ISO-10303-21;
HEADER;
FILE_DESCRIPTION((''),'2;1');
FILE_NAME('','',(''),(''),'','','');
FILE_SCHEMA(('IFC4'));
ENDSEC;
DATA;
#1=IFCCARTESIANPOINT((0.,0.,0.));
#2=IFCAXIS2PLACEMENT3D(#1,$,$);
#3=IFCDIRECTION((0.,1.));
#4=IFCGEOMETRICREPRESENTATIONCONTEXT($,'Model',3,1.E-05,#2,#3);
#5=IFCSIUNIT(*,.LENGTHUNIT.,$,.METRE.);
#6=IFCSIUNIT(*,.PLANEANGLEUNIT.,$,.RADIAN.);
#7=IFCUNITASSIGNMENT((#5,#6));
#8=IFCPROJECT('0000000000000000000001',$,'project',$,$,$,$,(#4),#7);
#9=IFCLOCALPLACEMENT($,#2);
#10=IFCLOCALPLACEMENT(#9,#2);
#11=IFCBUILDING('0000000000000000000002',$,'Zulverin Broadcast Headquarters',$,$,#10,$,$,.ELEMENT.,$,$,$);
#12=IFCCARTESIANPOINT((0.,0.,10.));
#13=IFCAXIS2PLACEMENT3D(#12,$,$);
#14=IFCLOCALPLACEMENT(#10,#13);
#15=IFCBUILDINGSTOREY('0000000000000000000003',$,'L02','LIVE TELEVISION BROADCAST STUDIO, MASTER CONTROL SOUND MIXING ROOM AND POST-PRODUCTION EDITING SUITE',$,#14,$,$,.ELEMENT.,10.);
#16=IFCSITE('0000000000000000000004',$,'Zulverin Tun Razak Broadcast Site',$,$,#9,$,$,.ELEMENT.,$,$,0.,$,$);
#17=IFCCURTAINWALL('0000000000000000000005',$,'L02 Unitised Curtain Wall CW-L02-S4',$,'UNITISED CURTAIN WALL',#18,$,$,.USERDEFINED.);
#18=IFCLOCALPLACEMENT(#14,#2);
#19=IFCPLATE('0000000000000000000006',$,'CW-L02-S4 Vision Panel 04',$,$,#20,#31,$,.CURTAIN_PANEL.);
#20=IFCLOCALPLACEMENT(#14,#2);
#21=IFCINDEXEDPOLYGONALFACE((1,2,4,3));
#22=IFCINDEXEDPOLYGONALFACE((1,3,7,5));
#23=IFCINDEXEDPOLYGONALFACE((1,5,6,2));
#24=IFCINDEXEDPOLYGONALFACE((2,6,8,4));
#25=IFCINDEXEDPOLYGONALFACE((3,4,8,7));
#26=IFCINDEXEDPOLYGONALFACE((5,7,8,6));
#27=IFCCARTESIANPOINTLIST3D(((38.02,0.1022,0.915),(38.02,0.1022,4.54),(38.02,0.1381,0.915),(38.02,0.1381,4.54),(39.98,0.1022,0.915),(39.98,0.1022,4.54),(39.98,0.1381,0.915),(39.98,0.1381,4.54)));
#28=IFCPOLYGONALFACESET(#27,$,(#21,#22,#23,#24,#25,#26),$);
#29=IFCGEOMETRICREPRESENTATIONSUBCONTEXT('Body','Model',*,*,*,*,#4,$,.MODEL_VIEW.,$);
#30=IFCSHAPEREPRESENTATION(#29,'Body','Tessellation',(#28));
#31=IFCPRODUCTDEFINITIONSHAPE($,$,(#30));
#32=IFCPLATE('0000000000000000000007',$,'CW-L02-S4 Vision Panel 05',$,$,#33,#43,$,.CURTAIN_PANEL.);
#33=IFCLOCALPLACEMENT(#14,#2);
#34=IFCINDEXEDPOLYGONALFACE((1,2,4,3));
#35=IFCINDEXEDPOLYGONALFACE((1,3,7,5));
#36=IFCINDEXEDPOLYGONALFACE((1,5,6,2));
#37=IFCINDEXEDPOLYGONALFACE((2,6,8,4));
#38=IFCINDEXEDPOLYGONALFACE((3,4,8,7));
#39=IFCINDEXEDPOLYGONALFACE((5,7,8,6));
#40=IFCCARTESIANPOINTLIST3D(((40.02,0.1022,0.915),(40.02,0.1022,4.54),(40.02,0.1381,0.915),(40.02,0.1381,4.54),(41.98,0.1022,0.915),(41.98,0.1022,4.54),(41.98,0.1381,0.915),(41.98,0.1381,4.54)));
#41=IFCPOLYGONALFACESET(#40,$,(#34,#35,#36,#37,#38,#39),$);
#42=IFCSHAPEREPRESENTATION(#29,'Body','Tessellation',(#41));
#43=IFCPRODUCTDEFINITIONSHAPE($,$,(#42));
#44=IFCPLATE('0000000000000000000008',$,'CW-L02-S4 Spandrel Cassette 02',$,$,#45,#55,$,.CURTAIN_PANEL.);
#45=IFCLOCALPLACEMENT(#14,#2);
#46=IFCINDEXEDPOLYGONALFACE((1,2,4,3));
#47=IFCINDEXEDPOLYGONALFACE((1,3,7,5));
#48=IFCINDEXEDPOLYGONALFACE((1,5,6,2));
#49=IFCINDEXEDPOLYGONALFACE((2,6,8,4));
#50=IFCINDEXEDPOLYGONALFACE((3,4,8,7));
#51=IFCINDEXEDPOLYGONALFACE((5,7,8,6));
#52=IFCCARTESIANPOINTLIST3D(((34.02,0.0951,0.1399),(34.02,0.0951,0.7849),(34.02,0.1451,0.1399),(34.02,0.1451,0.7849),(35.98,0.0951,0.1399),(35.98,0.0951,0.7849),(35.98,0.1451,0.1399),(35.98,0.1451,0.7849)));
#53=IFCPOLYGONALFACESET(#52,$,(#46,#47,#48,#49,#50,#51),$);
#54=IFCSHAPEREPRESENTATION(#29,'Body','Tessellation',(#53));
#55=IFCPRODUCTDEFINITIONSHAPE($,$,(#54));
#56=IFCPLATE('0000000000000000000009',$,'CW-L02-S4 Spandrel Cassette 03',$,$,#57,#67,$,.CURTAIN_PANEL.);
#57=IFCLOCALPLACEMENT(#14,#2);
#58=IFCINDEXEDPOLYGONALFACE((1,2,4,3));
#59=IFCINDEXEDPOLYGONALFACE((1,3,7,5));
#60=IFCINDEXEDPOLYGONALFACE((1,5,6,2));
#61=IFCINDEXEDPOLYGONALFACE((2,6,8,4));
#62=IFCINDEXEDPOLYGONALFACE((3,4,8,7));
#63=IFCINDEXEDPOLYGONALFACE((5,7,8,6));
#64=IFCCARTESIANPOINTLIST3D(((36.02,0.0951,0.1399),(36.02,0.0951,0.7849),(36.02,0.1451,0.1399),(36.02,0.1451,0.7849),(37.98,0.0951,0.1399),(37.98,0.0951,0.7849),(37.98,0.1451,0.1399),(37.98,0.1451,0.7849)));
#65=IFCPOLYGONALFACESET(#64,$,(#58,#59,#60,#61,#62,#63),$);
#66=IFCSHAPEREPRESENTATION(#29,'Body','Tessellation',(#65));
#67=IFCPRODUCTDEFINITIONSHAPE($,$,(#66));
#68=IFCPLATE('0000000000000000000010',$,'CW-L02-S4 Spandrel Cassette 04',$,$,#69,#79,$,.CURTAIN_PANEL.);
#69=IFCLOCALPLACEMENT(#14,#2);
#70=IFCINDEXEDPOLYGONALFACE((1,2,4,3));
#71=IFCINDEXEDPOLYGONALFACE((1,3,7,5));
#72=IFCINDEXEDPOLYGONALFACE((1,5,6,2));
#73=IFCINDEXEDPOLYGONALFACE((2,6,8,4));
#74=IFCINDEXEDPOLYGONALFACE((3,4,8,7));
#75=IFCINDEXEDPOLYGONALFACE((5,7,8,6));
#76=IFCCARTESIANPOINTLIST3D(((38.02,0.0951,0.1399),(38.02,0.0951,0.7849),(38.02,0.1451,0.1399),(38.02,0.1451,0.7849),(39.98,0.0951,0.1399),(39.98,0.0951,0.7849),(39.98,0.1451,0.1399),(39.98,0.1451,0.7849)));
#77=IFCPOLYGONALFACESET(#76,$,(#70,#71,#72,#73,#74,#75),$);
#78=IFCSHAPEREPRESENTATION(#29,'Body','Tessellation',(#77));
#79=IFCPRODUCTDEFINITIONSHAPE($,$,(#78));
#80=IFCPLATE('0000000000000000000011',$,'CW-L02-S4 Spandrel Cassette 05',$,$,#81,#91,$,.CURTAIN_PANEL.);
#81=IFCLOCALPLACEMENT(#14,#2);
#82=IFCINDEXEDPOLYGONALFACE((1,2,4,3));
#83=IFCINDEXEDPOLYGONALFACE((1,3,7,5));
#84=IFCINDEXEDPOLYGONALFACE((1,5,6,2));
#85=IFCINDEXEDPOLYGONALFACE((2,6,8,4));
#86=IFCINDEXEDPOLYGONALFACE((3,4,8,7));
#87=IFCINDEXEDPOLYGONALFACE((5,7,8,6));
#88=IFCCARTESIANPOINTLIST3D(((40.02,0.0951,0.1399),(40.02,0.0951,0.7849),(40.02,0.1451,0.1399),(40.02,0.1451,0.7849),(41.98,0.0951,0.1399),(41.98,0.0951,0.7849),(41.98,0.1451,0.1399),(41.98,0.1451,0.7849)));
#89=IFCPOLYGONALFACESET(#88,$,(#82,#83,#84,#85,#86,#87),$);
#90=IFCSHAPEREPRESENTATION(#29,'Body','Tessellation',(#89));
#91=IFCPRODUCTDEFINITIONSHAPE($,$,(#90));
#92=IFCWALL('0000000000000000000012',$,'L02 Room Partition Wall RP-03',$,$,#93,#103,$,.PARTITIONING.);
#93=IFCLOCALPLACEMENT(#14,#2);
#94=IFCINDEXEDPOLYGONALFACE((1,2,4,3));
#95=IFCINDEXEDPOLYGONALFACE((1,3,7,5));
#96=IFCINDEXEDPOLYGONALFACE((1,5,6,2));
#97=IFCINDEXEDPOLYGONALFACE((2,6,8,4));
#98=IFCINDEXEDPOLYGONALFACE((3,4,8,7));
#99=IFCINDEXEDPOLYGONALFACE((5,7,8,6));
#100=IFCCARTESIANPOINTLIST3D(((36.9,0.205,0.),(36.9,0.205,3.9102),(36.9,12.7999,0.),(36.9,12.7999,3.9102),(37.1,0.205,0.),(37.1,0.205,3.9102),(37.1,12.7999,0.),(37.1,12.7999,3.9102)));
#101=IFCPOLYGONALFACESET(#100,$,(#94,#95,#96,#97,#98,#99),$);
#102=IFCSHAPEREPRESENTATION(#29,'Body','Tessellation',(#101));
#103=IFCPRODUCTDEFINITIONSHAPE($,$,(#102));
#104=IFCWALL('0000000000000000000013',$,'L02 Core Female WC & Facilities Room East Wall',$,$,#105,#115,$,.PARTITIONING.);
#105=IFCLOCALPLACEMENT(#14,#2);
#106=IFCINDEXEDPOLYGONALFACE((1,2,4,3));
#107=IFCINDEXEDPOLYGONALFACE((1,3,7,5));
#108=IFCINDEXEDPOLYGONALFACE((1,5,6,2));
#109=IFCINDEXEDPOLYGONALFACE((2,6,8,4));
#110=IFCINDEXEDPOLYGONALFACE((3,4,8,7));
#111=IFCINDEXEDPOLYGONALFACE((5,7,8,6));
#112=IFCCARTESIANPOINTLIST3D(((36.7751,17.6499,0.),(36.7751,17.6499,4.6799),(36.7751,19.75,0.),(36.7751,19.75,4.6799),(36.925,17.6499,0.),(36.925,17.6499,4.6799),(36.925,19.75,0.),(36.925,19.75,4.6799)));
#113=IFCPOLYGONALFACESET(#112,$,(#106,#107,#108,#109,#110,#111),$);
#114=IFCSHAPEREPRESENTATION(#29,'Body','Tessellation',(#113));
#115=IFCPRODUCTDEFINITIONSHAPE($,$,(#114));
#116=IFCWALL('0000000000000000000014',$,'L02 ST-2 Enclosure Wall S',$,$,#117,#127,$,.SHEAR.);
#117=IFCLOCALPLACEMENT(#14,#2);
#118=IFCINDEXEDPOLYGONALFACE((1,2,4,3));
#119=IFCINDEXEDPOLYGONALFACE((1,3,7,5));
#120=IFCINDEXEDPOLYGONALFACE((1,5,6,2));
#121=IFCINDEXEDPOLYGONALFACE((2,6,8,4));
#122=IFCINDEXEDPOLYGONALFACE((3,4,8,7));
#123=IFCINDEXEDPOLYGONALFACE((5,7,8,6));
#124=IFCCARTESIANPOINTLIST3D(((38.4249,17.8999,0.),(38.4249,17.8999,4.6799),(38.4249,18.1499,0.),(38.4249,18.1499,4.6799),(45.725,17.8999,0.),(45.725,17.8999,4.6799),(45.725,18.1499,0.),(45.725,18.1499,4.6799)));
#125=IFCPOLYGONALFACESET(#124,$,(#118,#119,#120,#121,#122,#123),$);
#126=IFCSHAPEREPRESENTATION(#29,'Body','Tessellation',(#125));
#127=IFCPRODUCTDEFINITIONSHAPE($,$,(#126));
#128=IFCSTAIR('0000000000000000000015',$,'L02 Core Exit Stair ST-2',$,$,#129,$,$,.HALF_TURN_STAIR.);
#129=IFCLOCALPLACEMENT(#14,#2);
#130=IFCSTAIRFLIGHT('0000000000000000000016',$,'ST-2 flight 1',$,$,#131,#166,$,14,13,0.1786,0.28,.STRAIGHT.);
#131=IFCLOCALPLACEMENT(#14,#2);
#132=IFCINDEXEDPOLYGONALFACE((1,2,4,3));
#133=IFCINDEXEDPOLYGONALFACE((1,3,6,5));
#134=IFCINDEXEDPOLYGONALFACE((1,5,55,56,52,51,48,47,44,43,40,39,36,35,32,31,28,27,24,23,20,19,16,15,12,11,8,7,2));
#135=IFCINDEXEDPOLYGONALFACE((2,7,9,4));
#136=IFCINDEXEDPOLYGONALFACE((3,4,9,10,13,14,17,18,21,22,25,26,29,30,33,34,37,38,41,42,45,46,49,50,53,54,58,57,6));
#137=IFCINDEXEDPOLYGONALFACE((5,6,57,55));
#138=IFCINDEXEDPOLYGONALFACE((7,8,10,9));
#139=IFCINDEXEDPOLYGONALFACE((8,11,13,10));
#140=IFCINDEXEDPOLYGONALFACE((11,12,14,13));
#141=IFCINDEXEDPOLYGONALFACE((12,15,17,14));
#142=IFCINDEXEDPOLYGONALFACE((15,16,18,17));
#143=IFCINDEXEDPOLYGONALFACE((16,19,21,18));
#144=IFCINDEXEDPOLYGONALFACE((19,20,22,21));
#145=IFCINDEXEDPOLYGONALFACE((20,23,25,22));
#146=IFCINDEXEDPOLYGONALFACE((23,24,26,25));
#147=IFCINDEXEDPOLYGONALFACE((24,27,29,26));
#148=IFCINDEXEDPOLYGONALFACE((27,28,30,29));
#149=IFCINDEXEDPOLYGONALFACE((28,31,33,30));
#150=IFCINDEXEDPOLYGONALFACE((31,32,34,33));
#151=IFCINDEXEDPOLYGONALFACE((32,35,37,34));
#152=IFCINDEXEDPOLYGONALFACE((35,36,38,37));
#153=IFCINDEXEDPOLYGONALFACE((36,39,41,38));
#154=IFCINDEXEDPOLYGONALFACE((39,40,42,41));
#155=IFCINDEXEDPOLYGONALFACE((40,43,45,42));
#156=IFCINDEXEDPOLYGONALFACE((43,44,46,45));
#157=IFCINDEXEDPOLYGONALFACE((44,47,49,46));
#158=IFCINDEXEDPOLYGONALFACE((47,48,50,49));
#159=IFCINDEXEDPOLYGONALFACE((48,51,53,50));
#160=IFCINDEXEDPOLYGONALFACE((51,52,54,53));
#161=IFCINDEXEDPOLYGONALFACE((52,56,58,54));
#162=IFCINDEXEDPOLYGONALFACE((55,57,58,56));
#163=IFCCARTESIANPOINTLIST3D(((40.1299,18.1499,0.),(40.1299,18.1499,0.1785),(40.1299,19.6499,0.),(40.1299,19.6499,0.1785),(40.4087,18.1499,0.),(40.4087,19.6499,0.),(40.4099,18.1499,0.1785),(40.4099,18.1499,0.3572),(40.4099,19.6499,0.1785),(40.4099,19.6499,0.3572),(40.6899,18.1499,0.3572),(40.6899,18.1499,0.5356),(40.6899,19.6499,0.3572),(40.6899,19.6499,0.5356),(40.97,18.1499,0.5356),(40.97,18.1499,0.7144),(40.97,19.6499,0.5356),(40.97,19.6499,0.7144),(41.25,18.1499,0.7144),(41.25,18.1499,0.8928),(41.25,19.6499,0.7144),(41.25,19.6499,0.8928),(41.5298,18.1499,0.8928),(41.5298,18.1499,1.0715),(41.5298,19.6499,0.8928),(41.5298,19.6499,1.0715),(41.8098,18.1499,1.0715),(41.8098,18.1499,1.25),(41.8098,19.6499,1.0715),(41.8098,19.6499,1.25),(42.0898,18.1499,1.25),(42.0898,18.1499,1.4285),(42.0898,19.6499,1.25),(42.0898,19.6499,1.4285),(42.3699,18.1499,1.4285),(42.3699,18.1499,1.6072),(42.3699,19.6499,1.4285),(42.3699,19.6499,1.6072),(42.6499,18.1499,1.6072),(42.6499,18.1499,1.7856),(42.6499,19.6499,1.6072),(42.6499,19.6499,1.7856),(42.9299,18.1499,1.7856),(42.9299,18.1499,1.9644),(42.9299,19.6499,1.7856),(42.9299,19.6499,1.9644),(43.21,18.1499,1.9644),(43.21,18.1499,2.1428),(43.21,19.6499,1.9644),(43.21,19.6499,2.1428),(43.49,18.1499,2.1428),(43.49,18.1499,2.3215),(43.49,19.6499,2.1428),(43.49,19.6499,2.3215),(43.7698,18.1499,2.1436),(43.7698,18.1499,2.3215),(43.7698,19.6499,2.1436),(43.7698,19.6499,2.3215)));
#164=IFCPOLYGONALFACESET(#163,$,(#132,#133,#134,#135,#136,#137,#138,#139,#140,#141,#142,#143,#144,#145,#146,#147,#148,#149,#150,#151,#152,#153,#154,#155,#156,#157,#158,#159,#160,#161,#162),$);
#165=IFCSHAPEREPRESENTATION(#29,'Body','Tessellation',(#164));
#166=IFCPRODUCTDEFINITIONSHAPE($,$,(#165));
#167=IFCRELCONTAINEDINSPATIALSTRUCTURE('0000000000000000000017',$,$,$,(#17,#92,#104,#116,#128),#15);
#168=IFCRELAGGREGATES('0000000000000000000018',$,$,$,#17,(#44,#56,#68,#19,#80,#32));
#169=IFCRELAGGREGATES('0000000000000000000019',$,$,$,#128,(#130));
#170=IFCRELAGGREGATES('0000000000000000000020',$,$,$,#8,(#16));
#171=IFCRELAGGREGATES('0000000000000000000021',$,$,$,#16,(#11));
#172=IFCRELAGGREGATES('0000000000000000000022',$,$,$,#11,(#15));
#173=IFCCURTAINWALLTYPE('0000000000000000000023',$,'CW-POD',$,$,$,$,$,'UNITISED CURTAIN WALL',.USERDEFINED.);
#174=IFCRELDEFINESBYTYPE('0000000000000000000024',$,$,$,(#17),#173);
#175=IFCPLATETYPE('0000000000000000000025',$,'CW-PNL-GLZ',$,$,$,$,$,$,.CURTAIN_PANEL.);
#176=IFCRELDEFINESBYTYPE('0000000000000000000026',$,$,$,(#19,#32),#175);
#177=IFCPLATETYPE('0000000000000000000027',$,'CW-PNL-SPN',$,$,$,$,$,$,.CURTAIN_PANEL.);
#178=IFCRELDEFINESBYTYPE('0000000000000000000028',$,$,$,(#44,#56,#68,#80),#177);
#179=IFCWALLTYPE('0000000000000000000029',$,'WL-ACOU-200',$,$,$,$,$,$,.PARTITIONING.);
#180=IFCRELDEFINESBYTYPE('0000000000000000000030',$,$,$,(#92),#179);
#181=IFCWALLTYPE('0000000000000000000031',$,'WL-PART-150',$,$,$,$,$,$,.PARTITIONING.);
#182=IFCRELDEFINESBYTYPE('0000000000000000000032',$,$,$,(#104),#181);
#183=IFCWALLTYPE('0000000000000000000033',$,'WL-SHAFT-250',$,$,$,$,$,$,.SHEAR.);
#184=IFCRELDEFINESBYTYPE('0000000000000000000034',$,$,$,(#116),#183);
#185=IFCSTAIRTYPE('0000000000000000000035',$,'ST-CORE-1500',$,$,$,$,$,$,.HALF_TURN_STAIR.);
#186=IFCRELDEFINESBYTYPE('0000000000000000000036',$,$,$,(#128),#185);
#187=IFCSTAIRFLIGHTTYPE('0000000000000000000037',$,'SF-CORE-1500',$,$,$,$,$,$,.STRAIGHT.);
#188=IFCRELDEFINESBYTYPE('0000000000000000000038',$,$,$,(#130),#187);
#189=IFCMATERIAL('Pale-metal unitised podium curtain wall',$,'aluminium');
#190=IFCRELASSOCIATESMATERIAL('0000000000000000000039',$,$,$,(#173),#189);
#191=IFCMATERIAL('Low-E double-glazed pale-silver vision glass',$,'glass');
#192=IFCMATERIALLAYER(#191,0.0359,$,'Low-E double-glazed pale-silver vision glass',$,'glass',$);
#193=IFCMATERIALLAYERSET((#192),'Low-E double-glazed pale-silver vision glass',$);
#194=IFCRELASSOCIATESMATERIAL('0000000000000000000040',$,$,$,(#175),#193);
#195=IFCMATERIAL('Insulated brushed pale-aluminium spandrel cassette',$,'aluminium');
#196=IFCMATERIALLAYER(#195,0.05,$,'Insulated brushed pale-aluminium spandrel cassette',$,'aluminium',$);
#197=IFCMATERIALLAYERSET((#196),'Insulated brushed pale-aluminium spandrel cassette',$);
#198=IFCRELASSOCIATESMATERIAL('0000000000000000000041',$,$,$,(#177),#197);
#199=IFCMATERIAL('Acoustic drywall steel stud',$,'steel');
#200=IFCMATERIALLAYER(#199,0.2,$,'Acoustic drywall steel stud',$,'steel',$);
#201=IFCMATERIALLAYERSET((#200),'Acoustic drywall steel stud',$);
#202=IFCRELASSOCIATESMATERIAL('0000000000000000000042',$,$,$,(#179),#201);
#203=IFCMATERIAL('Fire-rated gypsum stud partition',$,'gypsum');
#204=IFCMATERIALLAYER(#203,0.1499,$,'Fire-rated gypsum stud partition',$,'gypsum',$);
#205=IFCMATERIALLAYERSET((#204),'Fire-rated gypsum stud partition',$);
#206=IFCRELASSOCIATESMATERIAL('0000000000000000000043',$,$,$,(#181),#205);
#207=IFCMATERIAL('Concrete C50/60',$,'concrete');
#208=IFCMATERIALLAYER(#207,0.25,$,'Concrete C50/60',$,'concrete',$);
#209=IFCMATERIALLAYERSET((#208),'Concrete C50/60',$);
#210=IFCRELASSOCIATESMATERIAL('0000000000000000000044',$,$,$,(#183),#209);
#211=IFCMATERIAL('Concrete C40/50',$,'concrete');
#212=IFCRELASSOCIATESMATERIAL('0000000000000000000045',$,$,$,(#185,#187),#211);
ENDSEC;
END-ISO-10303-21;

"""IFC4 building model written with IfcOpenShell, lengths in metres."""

from ifc_helpers import new_model, si_unit, direction, frame, frame_2d, origin, origin_2d, place, context, subcontext, project, spatial, polyline, rectangle, outline, extrude, material, layer, layer_set, type_object, element, aggregate, save


model = new_model("IFC4")

# Units and contexts
model_context = context("Model", 3, precision=1e-05, world=origin(), true_north=direction((0.0, 1.0)))
body_context = subcontext(model_context, "Body", "Model", "MODEL_VIEW")
ifc_project = project(units=[si_unit("LENGTHUNIT", "METRE"), si_unit("PLANEANGLEUNIT", "RADIAN")], contexts=[model_context])

# Site, building, storey
site_placement = place(None, origin())
site = spatial("IfcSite", under=ifc_project, at=site_placement, Name="Zulverin Tun Razak Broadcast Site", CompositionType="ELEMENT", RefElevation=0.0)
building_placement = place(site_placement, origin())
building = spatial("IfcBuilding", under=site, at=building_placement, Name="Zulverin Broadcast Headquarters", CompositionType="ELEMENT")
storey_placement = place(building_placement, frame((0.0, 0.0, 10.0)))
storey = spatial("IfcBuildingStorey", under=building, at=storey_placement, Name="L02", Description="LIVE TELEVISION BROADCAST STUDIO, MASTER CONTROL SOUND MIXING ROOM AND POST-PRODUCTION EDITING SUITE", CompositionType="ELEMENT", Elevation=10.0)

# Curtain wall, plates
ifc_material_1 = material(Name="Pale-metal unitised podium curtain wall", Category="aluminium")
curtain_wall_type = type_object("IfcCurtainWallType", Name="CW-POD", ElementType="UNITISED CURTAIN WALL", PredefinedType="USERDEFINED", material=ifc_material_1)
curtain_wall_placement = place(storey_placement, origin())
curtain_wall = element("IfcCurtainWall", 1, at=curtain_wall_placement, inside=storey, type_object=curtain_wall_type, Name="L02 Unitised Curtain Wall CW-L02-S4", ObjectType="UNITISED CURTAIN WALL", PredefinedType="USERDEFINED")
ifc_material_2 = material(Name="Low-E double-glazed pale-silver vision glass", Category="glass")
ifc_layer_1 = layer(ifc_material_2, 0.0359, Name="Low-E double-glazed pale-silver vision glass", Category="glass")
ifc_layer_set_1 = layer_set([ifc_layer_1], Name="Low-E double-glazed pale-silver vision glass")
plate_type_1 = type_object("IfcPlateType", Name="CW-PNL-GLZ", PredefinedType="CURTAIN_PANEL", material=ifc_layer_set_1)
plate_1_placement = place(storey_placement, frame((39.0, 0.1201, 0.915), z_axis=(0.0, 0.0, 1.0), x_axis=(1.0, 0.0, 0.0)))
plate_1 = element("IfcPlate", 2, at=plate_1_placement, type_object=plate_type_1, Name="CW-L02-S4 Vision Panel 04", PredefinedType="CURTAIN_PANEL", context=body_context, shape_type="SweptSolid", body=[
    extrude(rectangle(XDim=1.96, YDim=0.0359, at=origin_2d()), origin(), (0.0, 0.0, 1.0), 3.625),
])
plate_2_placement = place(storey_placement, frame((41.0, 0.1201, 0.915), z_axis=(0.0, 0.0, 1.0), x_axis=(1.0, 0.0, 0.0)))
plate_2 = element("IfcPlate", 3, at=plate_2_placement, type_object=plate_type_1, Name="CW-L02-S4 Vision Panel 05", PredefinedType="CURTAIN_PANEL", context=body_context, shape_type="SweptSolid", body=[
    extrude(rectangle(XDim=1.96, YDim=0.0359, at=origin_2d()), origin(), (0.0, 0.0, 1.0), 3.625),
])
ifc_material_3 = material(Name="Insulated brushed pale-aluminium spandrel cassette", Category="aluminium")
ifc_layer_2 = layer(ifc_material_3, 0.05, Name="Insulated brushed pale-aluminium spandrel cassette", Category="aluminium")
ifc_layer_set_2 = layer_set([ifc_layer_2], Name="Insulated brushed pale-aluminium spandrel cassette")
plate_type_2 = type_object("IfcPlateType", Name="CW-PNL-SPN", PredefinedType="CURTAIN_PANEL", material=ifc_layer_set_2)
plate_3_placement = place(storey_placement, frame((35.0, 0.1201, 0.1399), z_axis=(0.0, 0.0, 1.0), x_axis=(1.0, 0.0, 0.0)))
plate_3 = element("IfcPlate", 4, at=plate_3_placement, type_object=plate_type_2, Name="CW-L02-S4 Spandrel Cassette 02", PredefinedType="CURTAIN_PANEL", context=body_context, shape_type="SweptSolid", body=[
    extrude(rectangle(XDim=1.96, YDim=0.05, at=origin_2d()), origin(), (0.0, 0.0, 1.0), 0.645),
])
plate_4_placement = place(storey_placement, frame((37.0, 0.1201, 0.1399), z_axis=(0.0, 0.0, 1.0), x_axis=(1.0, 0.0, 0.0)))
plate_4 = element("IfcPlate", 5, at=plate_4_placement, type_object=plate_type_2, Name="CW-L02-S4 Spandrel Cassette 03", PredefinedType="CURTAIN_PANEL", context=body_context, shape_type="SweptSolid", body=[
    extrude(rectangle(XDim=1.96, YDim=0.05, at=origin_2d()), origin(), (0.0, 0.0, 1.0), 0.645),
])
plate_5_placement = place(storey_placement, frame((39.0, 0.1201, 0.1399), z_axis=(0.0, 0.0, 1.0), x_axis=(1.0, 0.0, 0.0)))
plate_5 = element("IfcPlate", 6, at=plate_5_placement, type_object=plate_type_2, Name="CW-L02-S4 Spandrel Cassette 04", PredefinedType="CURTAIN_PANEL", context=body_context, shape_type="SweptSolid", body=[
    extrude(rectangle(XDim=1.96, YDim=0.05, at=origin_2d()), origin(), (0.0, 0.0, 1.0), 0.645),
])
plate_6_placement = place(storey_placement, frame((41.0, 0.1201, 0.1399), z_axis=(0.0, 0.0, 1.0), x_axis=(1.0, 0.0, 0.0)))
plate_6 = element("IfcPlate", 7, at=plate_6_placement, type_object=plate_type_2, Name="CW-L02-S4 Spandrel Cassette 05", PredefinedType="CURTAIN_PANEL", context=body_context, shape_type="SweptSolid", body=[
    extrude(rectangle(XDim=1.96, YDim=0.05, at=origin_2d()), origin(), (0.0, 0.0, 1.0), 0.645),
])
aggregate(curtain_wall, [plate_3, plate_4, plate_5, plate_1, plate_6, plate_2])

# Walls
ifc_material_4 = material(Name="Acoustic drywall steel stud", Category="steel")
ifc_layer_3 = layer(ifc_material_4, 0.2, Name="Acoustic drywall steel stud", Category="steel")
ifc_layer_set_3 = layer_set([ifc_layer_3], Name="Acoustic drywall steel stud")
wall_type_1 = type_object("IfcWallType", Name="WL-ACOU-200", PredefinedType="PARTITIONING", material=ifc_layer_set_3)
wall_1_placement = place(storey_placement, frame((37.0, 0.2051, 0.0), z_axis=(0.0, 0.0, 1.0), x_axis=(0.0, 1.0, 0.0)))
element("IfcWall", 8, at=wall_1_placement, inside=storey, type_object=wall_type_1, Name="L02 Room Partition Wall RP-03", PredefinedType="PARTITIONING", context=body_context, shape_type="SweptSolid", body=[
    extrude(rectangle(XDim=12.595, YDim=0.2, at=frame_2d((6.2974, 0.0))), origin(), (0.0, 0.0, 1.0), 3.9102),
])
ifc_material_5 = material(Name="Fire-rated gypsum stud partition", Category="gypsum")
ifc_layer_4 = layer(ifc_material_5, 0.1499, Name="Fire-rated gypsum stud partition", Category="gypsum")
ifc_layer_set_4 = layer_set([ifc_layer_4], Name="Fire-rated gypsum stud partition")
wall_type_2 = type_object("IfcWallType", Name="WL-PART-150", PredefinedType="PARTITIONING", material=ifc_layer_set_4)
wall_2_placement = place(storey_placement, frame((36.8501, 17.6499, 0.0), z_axis=(0.0, 0.0, 1.0), x_axis=(0.0, 1.0, 0.0)))
element("IfcWall", 9, at=wall_2_placement, inside=storey, type_object=wall_type_2, Name="L02 Core Female WC & Facilities Room East Wall", PredefinedType="PARTITIONING", context=body_context, shape_type="SweptSolid", body=[
    extrude(rectangle(XDim=2.1001, YDim=0.1499, at=frame_2d((1.05, 0.0))), origin(), (0.0, 0.0, 1.0), 4.6799),
])
ifc_material_6 = material(Name="Concrete C50/60", Category="concrete")
ifc_layer_5 = layer(ifc_material_6, 0.25, Name="Concrete C50/60", Category="concrete")
ifc_layer_set_5 = layer_set([ifc_layer_5], Name="Concrete C50/60")
wall_type_3 = type_object("IfcWallType", Name="WL-SHAFT-250", PredefinedType="SHEAR", material=ifc_layer_set_5)
wall_3_placement = place(storey_placement, frame((38.425, 18.0249, 0.0), z_axis=(0.0, 0.0, 1.0), x_axis=(1.0, 0.0, 0.0)))
element("IfcWall", 10, at=wall_3_placement, inside=storey, type_object=wall_type_3, Name="L02 ST-2 Enclosure Wall S", PredefinedType="SHEAR", context=body_context, shape_type="SweptSolid", body=[
    extrude(rectangle(XDim=7.3, YDim=0.25, at=frame_2d((3.6499, 0.0))), origin(), (0.0, 0.0, 1.0), 4.6799),
])

# Stair, stair flight
ifc_material_7 = material(Name="Concrete C40/50", Category="concrete")
stair_type = type_object("IfcStairType", Name="ST-CORE-1500", PredefinedType="HALF_TURN_STAIR", material=ifc_material_7)
stair_placement = place(storey_placement, origin())
stair = element("IfcStair", 11, at=stair_placement, inside=storey, type_object=stair_type, Name="L02 Core Exit Stair ST-2", PredefinedType="HALF_TURN_STAIR")
stair_flight_type = type_object("IfcStairFlightType", Name="SF-CORE-1500", PredefinedType="STRAIGHT", material=ifc_material_7)
stair_flight_placement = place(storey_placement, frame((40.1299, 18.8999, 0.0), z_axis=(0.0, 0.0, 1.0), x_axis=(1.0, 0.0, 0.0)))
stair_flight = element("IfcStairFlight", 12, at=stair_flight_placement, type_object=stair_flight_type, Name="ST-2 flight 1", NumberOfRisers=14, NumberOfTreads=13, PredefinedType="STRAIGHT", RiserHeight=0.1786, TreadLength=0.28, context=body_context, shape_type="SweptSolid", body=[
    extrude(outline(polyline([(0.0, 0.0), (0.0, 0.1785), (0.28, 0.1785), (0.28, 0.3572), (0.5601, 0.3572), (0.5601, 0.5356), (0.8401, 0.5356), (0.8401, 0.7144), (1.1201, 0.7144), (1.1201, 0.8928), (1.3999, 0.8928), (1.3999, 1.0715), (1.6799, 1.0715), (1.6799, 1.25), (1.96, 1.25), (1.96, 1.4285), (2.24, 1.4285), (2.24, 1.6072), (2.52, 1.6072), (2.52, 1.7856), (2.8, 1.7856), (2.8, 1.9644), (3.0801, 1.9644), (3.0801, 2.1428), (3.3601, 2.1428), (3.3601, 2.3215), (3.6399, 2.3215), (3.6399, 2.5), (3.6399, 2.1436), (0.2788, 0.0), (0.0, 0.0)])), frame((0.0, 0.75, 0.0), z_axis=(0.0, -1.0, 0.0), x_axis=(1.0, 0.0, 0.0)), (0.0, 0.0, 1.0), 1.5),
])
aggregate(stair, [stair_flight])

save(model, "model.ifc")
